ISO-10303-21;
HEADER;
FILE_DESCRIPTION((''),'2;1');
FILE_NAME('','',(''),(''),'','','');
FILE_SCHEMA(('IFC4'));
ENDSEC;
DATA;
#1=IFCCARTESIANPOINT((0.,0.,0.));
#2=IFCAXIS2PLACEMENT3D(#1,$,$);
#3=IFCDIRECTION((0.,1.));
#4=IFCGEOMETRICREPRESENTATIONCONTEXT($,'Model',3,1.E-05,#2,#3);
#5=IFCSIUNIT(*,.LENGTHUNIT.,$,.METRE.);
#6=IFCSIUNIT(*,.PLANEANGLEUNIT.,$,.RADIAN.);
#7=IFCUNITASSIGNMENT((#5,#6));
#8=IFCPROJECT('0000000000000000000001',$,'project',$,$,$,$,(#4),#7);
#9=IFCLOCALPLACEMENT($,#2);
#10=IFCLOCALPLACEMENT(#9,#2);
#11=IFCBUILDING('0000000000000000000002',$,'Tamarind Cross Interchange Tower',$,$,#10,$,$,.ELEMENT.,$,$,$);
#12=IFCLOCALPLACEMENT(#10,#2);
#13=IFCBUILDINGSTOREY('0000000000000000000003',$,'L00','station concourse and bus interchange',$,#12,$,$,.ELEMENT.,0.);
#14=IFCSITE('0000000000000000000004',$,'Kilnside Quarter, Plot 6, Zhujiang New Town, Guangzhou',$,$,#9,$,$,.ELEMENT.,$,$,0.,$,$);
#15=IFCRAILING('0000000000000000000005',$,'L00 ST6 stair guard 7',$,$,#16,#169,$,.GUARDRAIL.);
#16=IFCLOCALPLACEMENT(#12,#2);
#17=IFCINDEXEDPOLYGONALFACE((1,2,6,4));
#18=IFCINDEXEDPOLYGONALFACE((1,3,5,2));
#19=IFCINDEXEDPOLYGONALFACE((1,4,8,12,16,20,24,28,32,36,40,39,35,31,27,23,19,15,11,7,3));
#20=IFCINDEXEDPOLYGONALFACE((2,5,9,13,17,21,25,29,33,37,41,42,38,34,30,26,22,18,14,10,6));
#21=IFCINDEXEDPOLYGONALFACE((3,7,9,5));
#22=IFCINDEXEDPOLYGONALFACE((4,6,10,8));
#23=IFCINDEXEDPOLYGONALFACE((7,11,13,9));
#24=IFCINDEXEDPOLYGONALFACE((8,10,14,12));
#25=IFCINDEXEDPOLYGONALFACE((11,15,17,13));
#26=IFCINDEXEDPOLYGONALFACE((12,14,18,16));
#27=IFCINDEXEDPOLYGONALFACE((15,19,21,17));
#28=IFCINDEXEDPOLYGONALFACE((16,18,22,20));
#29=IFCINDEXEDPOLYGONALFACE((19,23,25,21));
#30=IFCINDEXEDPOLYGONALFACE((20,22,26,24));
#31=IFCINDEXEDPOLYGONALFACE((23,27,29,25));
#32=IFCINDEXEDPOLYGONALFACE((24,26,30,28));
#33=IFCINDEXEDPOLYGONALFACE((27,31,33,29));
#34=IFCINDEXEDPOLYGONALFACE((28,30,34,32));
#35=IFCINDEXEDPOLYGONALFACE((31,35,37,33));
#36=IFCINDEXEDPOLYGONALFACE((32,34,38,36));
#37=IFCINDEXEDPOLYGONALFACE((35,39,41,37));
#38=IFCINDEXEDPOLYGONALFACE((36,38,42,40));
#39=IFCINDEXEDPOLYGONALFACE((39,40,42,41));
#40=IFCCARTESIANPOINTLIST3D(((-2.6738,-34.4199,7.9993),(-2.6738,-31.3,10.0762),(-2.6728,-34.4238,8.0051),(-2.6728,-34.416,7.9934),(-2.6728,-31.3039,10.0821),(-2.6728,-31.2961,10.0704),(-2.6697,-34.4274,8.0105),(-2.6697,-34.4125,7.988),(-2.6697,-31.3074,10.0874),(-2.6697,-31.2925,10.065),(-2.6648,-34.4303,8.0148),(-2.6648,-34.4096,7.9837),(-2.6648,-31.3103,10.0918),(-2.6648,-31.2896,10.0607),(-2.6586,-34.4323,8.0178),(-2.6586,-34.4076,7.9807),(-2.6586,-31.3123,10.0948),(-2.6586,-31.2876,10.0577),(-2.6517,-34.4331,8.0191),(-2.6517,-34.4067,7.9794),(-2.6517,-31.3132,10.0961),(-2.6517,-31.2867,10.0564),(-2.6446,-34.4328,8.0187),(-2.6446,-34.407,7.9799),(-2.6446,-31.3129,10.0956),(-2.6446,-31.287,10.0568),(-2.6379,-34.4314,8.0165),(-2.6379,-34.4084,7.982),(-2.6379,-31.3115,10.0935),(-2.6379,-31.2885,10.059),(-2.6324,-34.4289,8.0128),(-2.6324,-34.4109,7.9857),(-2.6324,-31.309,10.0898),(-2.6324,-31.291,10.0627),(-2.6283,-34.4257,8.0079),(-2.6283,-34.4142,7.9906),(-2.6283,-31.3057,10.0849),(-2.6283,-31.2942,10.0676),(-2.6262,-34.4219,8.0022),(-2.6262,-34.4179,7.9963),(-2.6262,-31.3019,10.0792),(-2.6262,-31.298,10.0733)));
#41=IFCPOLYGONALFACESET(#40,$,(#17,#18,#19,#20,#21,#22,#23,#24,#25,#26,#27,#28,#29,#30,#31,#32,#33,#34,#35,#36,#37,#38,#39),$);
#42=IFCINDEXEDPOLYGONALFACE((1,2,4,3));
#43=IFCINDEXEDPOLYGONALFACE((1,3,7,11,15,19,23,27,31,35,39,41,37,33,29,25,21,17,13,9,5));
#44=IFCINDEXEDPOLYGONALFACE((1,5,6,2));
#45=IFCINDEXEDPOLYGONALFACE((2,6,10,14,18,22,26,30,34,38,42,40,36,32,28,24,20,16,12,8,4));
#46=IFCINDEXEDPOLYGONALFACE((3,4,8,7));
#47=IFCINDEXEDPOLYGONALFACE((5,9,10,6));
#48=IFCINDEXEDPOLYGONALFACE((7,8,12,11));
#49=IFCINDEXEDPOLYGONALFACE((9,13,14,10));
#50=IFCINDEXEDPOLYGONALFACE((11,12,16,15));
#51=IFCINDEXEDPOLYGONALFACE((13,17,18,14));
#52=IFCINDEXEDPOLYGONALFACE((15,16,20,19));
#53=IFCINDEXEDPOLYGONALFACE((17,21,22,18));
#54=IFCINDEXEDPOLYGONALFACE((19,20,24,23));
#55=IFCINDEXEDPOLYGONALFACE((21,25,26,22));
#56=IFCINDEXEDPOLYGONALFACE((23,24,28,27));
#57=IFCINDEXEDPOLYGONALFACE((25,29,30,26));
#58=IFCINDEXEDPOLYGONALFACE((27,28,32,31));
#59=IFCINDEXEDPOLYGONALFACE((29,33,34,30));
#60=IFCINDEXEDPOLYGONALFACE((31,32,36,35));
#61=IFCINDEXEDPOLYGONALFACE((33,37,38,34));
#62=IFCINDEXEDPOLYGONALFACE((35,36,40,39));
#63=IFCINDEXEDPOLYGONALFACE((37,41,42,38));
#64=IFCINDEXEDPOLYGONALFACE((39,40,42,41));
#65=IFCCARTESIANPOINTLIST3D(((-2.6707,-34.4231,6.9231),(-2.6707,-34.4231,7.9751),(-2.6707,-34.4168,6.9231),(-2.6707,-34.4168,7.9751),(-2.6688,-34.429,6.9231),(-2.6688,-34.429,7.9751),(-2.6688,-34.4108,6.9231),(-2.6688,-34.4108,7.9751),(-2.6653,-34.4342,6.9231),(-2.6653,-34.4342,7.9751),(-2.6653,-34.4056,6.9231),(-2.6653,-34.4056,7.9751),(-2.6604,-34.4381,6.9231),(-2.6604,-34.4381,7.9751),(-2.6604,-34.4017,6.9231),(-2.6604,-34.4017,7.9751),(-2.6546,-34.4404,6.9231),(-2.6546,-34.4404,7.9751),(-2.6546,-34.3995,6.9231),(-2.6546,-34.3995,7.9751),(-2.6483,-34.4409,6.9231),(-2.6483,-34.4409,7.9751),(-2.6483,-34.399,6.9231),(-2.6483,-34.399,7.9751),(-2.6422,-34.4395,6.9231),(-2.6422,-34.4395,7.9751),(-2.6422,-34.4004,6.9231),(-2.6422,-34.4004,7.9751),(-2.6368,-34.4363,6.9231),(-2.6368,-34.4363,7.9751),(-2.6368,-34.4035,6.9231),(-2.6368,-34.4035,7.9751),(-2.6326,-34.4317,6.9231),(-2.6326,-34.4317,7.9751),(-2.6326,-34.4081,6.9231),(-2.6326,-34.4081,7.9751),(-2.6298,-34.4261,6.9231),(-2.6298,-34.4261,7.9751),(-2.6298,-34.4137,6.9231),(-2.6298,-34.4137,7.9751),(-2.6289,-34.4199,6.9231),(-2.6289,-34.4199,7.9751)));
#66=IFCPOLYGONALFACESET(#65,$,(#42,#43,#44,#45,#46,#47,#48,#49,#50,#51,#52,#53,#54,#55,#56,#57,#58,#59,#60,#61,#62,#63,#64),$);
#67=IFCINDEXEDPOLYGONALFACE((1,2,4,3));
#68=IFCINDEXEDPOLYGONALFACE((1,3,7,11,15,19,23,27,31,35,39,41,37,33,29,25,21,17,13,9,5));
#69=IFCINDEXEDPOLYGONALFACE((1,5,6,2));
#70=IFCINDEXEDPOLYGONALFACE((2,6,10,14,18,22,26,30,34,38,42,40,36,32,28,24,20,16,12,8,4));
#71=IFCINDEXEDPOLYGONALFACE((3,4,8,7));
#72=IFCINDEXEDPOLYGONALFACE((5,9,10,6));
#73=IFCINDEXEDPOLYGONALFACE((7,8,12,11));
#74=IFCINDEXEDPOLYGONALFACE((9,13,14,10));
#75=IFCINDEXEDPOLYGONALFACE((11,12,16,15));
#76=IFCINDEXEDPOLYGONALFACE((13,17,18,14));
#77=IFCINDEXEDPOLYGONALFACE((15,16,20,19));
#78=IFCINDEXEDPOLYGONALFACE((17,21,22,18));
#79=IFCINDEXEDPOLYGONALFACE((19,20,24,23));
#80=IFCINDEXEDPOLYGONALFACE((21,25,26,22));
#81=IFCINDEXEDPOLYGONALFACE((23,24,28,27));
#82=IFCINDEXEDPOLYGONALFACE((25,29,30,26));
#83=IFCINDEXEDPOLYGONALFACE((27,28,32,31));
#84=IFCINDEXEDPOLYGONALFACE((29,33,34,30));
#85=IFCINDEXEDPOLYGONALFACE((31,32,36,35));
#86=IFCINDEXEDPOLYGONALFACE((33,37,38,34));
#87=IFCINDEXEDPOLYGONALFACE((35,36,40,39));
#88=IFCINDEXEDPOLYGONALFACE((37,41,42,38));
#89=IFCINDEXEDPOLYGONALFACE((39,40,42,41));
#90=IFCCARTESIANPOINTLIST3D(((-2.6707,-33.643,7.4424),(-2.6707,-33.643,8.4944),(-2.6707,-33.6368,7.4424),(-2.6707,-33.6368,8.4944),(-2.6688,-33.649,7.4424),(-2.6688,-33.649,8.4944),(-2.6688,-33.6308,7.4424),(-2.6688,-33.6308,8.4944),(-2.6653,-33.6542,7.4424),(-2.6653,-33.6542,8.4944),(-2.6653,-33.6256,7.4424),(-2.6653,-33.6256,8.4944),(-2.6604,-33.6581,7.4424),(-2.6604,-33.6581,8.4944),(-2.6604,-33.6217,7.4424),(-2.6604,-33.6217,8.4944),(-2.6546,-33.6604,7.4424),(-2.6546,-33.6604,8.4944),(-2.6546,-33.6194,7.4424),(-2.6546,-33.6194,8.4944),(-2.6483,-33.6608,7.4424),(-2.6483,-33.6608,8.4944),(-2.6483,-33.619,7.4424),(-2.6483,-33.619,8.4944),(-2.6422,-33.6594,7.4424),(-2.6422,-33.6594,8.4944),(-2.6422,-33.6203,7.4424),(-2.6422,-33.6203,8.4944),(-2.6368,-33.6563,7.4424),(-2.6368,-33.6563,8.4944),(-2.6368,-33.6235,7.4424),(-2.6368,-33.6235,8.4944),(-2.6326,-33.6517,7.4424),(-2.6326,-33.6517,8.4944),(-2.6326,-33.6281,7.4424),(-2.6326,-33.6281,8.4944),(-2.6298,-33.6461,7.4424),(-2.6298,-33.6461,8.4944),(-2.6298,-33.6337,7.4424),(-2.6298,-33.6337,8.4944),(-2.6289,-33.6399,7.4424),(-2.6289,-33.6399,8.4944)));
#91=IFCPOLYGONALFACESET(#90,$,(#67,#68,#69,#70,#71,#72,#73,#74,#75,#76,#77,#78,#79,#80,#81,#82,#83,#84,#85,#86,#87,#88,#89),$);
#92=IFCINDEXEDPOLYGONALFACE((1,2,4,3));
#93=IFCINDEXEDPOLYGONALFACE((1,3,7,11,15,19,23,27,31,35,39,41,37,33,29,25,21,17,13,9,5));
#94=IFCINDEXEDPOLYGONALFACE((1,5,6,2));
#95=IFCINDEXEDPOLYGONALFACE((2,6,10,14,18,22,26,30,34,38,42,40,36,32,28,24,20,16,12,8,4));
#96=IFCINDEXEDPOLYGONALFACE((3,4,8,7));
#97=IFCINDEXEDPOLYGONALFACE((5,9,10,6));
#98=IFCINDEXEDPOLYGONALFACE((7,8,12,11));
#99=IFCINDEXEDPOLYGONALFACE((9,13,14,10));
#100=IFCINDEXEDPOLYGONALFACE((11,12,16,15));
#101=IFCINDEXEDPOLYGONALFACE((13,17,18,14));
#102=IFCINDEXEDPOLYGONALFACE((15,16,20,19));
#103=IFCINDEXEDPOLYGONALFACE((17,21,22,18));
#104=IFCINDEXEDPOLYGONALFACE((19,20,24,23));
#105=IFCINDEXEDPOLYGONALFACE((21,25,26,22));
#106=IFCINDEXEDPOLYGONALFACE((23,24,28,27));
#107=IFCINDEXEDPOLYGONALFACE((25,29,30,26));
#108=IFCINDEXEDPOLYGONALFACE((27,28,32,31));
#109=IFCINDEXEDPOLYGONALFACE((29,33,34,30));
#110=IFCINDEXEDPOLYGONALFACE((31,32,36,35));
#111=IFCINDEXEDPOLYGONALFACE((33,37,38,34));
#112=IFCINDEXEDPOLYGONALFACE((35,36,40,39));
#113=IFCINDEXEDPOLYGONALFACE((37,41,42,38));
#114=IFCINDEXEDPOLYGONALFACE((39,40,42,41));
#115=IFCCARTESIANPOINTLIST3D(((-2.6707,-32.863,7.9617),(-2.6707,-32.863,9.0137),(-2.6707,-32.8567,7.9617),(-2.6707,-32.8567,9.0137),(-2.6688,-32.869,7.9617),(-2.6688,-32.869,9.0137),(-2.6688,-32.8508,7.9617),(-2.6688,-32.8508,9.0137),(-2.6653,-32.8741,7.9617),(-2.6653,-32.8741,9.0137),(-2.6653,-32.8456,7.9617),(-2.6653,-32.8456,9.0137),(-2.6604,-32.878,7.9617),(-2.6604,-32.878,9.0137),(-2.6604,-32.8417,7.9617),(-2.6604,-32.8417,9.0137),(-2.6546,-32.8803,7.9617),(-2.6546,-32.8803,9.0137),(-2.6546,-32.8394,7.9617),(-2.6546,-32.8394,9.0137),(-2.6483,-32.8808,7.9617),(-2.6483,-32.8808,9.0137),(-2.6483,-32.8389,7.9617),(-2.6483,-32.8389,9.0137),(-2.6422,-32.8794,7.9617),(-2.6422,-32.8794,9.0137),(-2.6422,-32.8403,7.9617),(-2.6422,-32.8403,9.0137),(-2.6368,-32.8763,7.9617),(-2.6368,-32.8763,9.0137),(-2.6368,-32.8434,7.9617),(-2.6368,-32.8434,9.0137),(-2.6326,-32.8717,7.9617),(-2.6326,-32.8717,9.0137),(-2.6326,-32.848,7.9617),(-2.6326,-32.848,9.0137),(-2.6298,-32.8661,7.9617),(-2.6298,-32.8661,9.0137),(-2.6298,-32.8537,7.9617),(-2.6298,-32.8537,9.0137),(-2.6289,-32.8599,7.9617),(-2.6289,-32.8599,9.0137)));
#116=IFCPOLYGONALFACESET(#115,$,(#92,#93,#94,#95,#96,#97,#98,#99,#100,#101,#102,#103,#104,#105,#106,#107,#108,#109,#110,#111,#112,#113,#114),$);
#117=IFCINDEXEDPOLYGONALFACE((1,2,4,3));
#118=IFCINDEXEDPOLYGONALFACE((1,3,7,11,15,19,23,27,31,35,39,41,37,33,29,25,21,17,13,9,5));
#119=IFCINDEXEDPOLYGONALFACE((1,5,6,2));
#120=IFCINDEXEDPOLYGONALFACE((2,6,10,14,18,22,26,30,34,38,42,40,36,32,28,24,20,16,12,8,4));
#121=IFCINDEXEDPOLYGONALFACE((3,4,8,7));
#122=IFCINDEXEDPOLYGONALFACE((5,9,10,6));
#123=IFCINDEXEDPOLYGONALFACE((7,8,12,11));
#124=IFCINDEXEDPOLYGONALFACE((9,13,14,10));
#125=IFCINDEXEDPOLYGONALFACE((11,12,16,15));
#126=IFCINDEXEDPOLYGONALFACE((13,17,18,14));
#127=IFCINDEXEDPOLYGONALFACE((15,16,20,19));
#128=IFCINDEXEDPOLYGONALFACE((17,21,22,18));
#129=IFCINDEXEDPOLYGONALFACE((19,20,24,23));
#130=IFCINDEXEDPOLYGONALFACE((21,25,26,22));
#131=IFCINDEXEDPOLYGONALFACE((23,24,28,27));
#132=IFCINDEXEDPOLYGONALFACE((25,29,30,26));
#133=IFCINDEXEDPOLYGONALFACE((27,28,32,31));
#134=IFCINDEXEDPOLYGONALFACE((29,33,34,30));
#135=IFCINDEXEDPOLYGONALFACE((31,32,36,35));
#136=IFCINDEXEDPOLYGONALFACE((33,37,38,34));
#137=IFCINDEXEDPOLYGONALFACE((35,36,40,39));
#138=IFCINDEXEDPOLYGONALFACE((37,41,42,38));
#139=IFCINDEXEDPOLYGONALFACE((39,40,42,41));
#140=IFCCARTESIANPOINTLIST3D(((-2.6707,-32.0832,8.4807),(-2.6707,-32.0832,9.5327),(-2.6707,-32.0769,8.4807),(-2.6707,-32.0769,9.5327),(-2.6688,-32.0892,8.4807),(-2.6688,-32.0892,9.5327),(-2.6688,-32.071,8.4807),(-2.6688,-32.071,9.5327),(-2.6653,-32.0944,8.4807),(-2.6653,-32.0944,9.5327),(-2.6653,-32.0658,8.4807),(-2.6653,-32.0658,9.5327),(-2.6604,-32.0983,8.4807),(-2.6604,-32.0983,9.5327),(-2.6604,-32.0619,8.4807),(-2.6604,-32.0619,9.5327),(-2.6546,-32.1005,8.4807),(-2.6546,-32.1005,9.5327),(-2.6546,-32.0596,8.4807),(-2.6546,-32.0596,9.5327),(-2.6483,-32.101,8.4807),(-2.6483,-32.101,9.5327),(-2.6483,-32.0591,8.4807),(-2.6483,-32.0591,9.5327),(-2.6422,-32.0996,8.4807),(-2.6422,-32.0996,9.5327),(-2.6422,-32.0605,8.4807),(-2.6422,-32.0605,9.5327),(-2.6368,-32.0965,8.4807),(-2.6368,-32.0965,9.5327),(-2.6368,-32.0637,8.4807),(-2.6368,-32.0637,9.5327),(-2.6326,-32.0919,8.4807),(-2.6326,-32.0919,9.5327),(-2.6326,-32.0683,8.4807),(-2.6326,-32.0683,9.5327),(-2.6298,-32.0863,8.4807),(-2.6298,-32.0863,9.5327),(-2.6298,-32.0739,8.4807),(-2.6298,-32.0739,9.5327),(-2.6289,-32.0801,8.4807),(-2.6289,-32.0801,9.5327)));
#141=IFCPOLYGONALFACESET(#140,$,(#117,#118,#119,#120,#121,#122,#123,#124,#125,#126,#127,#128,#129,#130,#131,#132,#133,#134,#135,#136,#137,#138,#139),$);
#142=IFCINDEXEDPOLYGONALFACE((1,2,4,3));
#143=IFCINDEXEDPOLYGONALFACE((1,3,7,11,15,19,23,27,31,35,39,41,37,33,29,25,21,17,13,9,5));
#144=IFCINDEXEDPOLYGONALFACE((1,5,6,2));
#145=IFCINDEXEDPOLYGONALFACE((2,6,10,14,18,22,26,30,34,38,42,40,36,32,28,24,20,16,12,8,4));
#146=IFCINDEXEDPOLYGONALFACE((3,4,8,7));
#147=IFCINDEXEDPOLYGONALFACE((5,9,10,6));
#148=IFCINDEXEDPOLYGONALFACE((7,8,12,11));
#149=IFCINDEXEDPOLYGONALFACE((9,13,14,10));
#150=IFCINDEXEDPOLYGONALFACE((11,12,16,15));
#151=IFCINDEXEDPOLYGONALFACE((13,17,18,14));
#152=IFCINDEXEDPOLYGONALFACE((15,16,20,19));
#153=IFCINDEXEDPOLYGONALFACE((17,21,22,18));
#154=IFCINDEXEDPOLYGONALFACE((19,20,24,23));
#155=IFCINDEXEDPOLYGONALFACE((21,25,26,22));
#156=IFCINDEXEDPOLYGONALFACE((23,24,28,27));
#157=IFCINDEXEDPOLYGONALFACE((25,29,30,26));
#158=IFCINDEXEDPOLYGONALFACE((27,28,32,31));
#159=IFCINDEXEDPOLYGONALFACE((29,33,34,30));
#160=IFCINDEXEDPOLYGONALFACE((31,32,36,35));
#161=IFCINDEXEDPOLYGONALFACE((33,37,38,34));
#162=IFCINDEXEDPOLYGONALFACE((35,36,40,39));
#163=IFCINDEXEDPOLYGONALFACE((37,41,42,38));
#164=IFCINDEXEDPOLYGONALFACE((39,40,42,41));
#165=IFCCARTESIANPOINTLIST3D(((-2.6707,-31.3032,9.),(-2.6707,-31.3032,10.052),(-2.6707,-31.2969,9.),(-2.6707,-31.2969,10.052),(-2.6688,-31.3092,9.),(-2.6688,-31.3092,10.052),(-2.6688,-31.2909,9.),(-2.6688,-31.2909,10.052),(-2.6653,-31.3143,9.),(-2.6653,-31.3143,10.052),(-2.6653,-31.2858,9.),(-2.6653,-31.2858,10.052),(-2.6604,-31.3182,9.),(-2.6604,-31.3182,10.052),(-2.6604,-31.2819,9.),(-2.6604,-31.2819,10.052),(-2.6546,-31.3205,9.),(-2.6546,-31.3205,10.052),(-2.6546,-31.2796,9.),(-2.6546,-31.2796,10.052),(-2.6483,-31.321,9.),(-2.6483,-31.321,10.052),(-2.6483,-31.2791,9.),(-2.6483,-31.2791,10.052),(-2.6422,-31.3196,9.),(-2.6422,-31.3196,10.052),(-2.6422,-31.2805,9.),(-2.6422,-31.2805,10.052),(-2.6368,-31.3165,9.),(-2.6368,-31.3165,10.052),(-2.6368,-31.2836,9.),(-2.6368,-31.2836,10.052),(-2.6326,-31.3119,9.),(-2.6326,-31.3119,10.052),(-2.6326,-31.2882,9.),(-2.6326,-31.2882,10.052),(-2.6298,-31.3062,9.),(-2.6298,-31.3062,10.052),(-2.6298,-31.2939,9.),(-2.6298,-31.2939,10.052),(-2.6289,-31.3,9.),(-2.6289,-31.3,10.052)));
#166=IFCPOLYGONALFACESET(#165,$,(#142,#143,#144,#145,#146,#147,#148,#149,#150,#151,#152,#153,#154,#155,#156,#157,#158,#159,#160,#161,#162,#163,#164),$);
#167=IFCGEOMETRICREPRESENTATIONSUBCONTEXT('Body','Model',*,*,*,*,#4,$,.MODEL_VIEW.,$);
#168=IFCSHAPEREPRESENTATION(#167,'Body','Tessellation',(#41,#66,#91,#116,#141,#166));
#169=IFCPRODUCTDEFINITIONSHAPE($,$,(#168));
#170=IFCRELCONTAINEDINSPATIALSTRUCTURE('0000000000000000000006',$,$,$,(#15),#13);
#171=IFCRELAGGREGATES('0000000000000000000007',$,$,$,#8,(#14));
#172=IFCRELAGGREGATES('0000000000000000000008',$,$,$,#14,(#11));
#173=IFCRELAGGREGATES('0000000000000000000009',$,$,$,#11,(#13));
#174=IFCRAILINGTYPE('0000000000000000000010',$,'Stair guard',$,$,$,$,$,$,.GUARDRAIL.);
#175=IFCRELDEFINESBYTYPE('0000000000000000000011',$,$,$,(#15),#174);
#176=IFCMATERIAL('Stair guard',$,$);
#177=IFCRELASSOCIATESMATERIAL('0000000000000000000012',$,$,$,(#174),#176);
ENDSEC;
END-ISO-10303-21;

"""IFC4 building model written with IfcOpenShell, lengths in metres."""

from ifc_helpers import new_model, si_unit, direction, frame, origin, origin_2d, place, context, subcontext, project, spatial, circle, extrude, material, type_object, element, save


model = new_model("IFC4")

# Units and contexts
model_context = context("Model", 3, precision=1e-05, world=origin(), true_north=direction((0.0, 1.0)))
body_context = subcontext(model_context, "Body", "Model", "MODEL_VIEW")
ifc_project = project(units=[si_unit("LENGTHUNIT", "METRE"), si_unit("PLANEANGLEUNIT", "RADIAN")], contexts=[model_context])

# Site, building, storey
site_placement = place(None, origin())
site = spatial("IfcSite", under=ifc_project, at=site_placement, Name="Kilnside Quarter, Plot 6, Zhujiang New Town, Guangzhou", CompositionType="ELEMENT", RefElevation=0.0)
building_placement = place(site_placement, origin())
building = spatial("IfcBuilding", under=site, at=building_placement, Name="Tamarind Cross Interchange Tower", CompositionType="ELEMENT")
storey_placement = place(building_placement, origin())
storey = spatial("IfcBuildingStorey", under=building, at=storey_placement, Name="L00", Description="station concourse and bus interchange", CompositionType="ELEMENT", Elevation=0.0)

# Railing
ifc_material_1 = material(Name="Stair guard")
railing_type_1 = type_object("IfcRailingType", Name="Stair guard", PredefinedType="GUARDRAIL", material=ifc_material_1)
railing_1_placement = place(storey_placement, frame((-2.6499, -34.4199, 6.9231)))
element("IfcRailing", 1, at=railing_1_placement, inside=storey, type_object=railing_type_1, Name="L00 ST6 stair guard 7", PredefinedType="GUARDRAIL", context=body_context, shape_type="SweptSolid", body=[
    extrude(circle(Radius=0.0239, at=origin_2d()), frame((0.0, 0.0, 1.0762), z_axis=(0.0, 0.832421, 0.554144), x_axis=(-1.0, 0.0, 0.0)), (0.0, 0.0, 1.0), 3.748),
    extrude(circle(Radius=0.021, at=origin_2d()), origin(), (0.0, 0.0, 1.0), 1.052),
    extrude(circle(Radius=0.021, at=origin_2d()), frame((0.0, 0.78, 0.5193)), (0.0, 0.0, 1.0), 1.052),
    extrude(circle(Radius=0.021, at=origin_2d()), frame((0.0, 1.5601, 1.0386)), (0.0, 0.0, 1.0), 1.052),
    extrude(circle(Radius=0.021, at=origin_2d()), frame((0.0, 2.3398, 1.5576)), (0.0, 0.0, 1.0), 1.052),
    extrude(circle(Radius=0.021, at=origin_2d()), frame((0.0, 3.1199, 2.0769)), (0.0, 0.0, 1.0), 1.052),
])

save(model, "model.ifc")
